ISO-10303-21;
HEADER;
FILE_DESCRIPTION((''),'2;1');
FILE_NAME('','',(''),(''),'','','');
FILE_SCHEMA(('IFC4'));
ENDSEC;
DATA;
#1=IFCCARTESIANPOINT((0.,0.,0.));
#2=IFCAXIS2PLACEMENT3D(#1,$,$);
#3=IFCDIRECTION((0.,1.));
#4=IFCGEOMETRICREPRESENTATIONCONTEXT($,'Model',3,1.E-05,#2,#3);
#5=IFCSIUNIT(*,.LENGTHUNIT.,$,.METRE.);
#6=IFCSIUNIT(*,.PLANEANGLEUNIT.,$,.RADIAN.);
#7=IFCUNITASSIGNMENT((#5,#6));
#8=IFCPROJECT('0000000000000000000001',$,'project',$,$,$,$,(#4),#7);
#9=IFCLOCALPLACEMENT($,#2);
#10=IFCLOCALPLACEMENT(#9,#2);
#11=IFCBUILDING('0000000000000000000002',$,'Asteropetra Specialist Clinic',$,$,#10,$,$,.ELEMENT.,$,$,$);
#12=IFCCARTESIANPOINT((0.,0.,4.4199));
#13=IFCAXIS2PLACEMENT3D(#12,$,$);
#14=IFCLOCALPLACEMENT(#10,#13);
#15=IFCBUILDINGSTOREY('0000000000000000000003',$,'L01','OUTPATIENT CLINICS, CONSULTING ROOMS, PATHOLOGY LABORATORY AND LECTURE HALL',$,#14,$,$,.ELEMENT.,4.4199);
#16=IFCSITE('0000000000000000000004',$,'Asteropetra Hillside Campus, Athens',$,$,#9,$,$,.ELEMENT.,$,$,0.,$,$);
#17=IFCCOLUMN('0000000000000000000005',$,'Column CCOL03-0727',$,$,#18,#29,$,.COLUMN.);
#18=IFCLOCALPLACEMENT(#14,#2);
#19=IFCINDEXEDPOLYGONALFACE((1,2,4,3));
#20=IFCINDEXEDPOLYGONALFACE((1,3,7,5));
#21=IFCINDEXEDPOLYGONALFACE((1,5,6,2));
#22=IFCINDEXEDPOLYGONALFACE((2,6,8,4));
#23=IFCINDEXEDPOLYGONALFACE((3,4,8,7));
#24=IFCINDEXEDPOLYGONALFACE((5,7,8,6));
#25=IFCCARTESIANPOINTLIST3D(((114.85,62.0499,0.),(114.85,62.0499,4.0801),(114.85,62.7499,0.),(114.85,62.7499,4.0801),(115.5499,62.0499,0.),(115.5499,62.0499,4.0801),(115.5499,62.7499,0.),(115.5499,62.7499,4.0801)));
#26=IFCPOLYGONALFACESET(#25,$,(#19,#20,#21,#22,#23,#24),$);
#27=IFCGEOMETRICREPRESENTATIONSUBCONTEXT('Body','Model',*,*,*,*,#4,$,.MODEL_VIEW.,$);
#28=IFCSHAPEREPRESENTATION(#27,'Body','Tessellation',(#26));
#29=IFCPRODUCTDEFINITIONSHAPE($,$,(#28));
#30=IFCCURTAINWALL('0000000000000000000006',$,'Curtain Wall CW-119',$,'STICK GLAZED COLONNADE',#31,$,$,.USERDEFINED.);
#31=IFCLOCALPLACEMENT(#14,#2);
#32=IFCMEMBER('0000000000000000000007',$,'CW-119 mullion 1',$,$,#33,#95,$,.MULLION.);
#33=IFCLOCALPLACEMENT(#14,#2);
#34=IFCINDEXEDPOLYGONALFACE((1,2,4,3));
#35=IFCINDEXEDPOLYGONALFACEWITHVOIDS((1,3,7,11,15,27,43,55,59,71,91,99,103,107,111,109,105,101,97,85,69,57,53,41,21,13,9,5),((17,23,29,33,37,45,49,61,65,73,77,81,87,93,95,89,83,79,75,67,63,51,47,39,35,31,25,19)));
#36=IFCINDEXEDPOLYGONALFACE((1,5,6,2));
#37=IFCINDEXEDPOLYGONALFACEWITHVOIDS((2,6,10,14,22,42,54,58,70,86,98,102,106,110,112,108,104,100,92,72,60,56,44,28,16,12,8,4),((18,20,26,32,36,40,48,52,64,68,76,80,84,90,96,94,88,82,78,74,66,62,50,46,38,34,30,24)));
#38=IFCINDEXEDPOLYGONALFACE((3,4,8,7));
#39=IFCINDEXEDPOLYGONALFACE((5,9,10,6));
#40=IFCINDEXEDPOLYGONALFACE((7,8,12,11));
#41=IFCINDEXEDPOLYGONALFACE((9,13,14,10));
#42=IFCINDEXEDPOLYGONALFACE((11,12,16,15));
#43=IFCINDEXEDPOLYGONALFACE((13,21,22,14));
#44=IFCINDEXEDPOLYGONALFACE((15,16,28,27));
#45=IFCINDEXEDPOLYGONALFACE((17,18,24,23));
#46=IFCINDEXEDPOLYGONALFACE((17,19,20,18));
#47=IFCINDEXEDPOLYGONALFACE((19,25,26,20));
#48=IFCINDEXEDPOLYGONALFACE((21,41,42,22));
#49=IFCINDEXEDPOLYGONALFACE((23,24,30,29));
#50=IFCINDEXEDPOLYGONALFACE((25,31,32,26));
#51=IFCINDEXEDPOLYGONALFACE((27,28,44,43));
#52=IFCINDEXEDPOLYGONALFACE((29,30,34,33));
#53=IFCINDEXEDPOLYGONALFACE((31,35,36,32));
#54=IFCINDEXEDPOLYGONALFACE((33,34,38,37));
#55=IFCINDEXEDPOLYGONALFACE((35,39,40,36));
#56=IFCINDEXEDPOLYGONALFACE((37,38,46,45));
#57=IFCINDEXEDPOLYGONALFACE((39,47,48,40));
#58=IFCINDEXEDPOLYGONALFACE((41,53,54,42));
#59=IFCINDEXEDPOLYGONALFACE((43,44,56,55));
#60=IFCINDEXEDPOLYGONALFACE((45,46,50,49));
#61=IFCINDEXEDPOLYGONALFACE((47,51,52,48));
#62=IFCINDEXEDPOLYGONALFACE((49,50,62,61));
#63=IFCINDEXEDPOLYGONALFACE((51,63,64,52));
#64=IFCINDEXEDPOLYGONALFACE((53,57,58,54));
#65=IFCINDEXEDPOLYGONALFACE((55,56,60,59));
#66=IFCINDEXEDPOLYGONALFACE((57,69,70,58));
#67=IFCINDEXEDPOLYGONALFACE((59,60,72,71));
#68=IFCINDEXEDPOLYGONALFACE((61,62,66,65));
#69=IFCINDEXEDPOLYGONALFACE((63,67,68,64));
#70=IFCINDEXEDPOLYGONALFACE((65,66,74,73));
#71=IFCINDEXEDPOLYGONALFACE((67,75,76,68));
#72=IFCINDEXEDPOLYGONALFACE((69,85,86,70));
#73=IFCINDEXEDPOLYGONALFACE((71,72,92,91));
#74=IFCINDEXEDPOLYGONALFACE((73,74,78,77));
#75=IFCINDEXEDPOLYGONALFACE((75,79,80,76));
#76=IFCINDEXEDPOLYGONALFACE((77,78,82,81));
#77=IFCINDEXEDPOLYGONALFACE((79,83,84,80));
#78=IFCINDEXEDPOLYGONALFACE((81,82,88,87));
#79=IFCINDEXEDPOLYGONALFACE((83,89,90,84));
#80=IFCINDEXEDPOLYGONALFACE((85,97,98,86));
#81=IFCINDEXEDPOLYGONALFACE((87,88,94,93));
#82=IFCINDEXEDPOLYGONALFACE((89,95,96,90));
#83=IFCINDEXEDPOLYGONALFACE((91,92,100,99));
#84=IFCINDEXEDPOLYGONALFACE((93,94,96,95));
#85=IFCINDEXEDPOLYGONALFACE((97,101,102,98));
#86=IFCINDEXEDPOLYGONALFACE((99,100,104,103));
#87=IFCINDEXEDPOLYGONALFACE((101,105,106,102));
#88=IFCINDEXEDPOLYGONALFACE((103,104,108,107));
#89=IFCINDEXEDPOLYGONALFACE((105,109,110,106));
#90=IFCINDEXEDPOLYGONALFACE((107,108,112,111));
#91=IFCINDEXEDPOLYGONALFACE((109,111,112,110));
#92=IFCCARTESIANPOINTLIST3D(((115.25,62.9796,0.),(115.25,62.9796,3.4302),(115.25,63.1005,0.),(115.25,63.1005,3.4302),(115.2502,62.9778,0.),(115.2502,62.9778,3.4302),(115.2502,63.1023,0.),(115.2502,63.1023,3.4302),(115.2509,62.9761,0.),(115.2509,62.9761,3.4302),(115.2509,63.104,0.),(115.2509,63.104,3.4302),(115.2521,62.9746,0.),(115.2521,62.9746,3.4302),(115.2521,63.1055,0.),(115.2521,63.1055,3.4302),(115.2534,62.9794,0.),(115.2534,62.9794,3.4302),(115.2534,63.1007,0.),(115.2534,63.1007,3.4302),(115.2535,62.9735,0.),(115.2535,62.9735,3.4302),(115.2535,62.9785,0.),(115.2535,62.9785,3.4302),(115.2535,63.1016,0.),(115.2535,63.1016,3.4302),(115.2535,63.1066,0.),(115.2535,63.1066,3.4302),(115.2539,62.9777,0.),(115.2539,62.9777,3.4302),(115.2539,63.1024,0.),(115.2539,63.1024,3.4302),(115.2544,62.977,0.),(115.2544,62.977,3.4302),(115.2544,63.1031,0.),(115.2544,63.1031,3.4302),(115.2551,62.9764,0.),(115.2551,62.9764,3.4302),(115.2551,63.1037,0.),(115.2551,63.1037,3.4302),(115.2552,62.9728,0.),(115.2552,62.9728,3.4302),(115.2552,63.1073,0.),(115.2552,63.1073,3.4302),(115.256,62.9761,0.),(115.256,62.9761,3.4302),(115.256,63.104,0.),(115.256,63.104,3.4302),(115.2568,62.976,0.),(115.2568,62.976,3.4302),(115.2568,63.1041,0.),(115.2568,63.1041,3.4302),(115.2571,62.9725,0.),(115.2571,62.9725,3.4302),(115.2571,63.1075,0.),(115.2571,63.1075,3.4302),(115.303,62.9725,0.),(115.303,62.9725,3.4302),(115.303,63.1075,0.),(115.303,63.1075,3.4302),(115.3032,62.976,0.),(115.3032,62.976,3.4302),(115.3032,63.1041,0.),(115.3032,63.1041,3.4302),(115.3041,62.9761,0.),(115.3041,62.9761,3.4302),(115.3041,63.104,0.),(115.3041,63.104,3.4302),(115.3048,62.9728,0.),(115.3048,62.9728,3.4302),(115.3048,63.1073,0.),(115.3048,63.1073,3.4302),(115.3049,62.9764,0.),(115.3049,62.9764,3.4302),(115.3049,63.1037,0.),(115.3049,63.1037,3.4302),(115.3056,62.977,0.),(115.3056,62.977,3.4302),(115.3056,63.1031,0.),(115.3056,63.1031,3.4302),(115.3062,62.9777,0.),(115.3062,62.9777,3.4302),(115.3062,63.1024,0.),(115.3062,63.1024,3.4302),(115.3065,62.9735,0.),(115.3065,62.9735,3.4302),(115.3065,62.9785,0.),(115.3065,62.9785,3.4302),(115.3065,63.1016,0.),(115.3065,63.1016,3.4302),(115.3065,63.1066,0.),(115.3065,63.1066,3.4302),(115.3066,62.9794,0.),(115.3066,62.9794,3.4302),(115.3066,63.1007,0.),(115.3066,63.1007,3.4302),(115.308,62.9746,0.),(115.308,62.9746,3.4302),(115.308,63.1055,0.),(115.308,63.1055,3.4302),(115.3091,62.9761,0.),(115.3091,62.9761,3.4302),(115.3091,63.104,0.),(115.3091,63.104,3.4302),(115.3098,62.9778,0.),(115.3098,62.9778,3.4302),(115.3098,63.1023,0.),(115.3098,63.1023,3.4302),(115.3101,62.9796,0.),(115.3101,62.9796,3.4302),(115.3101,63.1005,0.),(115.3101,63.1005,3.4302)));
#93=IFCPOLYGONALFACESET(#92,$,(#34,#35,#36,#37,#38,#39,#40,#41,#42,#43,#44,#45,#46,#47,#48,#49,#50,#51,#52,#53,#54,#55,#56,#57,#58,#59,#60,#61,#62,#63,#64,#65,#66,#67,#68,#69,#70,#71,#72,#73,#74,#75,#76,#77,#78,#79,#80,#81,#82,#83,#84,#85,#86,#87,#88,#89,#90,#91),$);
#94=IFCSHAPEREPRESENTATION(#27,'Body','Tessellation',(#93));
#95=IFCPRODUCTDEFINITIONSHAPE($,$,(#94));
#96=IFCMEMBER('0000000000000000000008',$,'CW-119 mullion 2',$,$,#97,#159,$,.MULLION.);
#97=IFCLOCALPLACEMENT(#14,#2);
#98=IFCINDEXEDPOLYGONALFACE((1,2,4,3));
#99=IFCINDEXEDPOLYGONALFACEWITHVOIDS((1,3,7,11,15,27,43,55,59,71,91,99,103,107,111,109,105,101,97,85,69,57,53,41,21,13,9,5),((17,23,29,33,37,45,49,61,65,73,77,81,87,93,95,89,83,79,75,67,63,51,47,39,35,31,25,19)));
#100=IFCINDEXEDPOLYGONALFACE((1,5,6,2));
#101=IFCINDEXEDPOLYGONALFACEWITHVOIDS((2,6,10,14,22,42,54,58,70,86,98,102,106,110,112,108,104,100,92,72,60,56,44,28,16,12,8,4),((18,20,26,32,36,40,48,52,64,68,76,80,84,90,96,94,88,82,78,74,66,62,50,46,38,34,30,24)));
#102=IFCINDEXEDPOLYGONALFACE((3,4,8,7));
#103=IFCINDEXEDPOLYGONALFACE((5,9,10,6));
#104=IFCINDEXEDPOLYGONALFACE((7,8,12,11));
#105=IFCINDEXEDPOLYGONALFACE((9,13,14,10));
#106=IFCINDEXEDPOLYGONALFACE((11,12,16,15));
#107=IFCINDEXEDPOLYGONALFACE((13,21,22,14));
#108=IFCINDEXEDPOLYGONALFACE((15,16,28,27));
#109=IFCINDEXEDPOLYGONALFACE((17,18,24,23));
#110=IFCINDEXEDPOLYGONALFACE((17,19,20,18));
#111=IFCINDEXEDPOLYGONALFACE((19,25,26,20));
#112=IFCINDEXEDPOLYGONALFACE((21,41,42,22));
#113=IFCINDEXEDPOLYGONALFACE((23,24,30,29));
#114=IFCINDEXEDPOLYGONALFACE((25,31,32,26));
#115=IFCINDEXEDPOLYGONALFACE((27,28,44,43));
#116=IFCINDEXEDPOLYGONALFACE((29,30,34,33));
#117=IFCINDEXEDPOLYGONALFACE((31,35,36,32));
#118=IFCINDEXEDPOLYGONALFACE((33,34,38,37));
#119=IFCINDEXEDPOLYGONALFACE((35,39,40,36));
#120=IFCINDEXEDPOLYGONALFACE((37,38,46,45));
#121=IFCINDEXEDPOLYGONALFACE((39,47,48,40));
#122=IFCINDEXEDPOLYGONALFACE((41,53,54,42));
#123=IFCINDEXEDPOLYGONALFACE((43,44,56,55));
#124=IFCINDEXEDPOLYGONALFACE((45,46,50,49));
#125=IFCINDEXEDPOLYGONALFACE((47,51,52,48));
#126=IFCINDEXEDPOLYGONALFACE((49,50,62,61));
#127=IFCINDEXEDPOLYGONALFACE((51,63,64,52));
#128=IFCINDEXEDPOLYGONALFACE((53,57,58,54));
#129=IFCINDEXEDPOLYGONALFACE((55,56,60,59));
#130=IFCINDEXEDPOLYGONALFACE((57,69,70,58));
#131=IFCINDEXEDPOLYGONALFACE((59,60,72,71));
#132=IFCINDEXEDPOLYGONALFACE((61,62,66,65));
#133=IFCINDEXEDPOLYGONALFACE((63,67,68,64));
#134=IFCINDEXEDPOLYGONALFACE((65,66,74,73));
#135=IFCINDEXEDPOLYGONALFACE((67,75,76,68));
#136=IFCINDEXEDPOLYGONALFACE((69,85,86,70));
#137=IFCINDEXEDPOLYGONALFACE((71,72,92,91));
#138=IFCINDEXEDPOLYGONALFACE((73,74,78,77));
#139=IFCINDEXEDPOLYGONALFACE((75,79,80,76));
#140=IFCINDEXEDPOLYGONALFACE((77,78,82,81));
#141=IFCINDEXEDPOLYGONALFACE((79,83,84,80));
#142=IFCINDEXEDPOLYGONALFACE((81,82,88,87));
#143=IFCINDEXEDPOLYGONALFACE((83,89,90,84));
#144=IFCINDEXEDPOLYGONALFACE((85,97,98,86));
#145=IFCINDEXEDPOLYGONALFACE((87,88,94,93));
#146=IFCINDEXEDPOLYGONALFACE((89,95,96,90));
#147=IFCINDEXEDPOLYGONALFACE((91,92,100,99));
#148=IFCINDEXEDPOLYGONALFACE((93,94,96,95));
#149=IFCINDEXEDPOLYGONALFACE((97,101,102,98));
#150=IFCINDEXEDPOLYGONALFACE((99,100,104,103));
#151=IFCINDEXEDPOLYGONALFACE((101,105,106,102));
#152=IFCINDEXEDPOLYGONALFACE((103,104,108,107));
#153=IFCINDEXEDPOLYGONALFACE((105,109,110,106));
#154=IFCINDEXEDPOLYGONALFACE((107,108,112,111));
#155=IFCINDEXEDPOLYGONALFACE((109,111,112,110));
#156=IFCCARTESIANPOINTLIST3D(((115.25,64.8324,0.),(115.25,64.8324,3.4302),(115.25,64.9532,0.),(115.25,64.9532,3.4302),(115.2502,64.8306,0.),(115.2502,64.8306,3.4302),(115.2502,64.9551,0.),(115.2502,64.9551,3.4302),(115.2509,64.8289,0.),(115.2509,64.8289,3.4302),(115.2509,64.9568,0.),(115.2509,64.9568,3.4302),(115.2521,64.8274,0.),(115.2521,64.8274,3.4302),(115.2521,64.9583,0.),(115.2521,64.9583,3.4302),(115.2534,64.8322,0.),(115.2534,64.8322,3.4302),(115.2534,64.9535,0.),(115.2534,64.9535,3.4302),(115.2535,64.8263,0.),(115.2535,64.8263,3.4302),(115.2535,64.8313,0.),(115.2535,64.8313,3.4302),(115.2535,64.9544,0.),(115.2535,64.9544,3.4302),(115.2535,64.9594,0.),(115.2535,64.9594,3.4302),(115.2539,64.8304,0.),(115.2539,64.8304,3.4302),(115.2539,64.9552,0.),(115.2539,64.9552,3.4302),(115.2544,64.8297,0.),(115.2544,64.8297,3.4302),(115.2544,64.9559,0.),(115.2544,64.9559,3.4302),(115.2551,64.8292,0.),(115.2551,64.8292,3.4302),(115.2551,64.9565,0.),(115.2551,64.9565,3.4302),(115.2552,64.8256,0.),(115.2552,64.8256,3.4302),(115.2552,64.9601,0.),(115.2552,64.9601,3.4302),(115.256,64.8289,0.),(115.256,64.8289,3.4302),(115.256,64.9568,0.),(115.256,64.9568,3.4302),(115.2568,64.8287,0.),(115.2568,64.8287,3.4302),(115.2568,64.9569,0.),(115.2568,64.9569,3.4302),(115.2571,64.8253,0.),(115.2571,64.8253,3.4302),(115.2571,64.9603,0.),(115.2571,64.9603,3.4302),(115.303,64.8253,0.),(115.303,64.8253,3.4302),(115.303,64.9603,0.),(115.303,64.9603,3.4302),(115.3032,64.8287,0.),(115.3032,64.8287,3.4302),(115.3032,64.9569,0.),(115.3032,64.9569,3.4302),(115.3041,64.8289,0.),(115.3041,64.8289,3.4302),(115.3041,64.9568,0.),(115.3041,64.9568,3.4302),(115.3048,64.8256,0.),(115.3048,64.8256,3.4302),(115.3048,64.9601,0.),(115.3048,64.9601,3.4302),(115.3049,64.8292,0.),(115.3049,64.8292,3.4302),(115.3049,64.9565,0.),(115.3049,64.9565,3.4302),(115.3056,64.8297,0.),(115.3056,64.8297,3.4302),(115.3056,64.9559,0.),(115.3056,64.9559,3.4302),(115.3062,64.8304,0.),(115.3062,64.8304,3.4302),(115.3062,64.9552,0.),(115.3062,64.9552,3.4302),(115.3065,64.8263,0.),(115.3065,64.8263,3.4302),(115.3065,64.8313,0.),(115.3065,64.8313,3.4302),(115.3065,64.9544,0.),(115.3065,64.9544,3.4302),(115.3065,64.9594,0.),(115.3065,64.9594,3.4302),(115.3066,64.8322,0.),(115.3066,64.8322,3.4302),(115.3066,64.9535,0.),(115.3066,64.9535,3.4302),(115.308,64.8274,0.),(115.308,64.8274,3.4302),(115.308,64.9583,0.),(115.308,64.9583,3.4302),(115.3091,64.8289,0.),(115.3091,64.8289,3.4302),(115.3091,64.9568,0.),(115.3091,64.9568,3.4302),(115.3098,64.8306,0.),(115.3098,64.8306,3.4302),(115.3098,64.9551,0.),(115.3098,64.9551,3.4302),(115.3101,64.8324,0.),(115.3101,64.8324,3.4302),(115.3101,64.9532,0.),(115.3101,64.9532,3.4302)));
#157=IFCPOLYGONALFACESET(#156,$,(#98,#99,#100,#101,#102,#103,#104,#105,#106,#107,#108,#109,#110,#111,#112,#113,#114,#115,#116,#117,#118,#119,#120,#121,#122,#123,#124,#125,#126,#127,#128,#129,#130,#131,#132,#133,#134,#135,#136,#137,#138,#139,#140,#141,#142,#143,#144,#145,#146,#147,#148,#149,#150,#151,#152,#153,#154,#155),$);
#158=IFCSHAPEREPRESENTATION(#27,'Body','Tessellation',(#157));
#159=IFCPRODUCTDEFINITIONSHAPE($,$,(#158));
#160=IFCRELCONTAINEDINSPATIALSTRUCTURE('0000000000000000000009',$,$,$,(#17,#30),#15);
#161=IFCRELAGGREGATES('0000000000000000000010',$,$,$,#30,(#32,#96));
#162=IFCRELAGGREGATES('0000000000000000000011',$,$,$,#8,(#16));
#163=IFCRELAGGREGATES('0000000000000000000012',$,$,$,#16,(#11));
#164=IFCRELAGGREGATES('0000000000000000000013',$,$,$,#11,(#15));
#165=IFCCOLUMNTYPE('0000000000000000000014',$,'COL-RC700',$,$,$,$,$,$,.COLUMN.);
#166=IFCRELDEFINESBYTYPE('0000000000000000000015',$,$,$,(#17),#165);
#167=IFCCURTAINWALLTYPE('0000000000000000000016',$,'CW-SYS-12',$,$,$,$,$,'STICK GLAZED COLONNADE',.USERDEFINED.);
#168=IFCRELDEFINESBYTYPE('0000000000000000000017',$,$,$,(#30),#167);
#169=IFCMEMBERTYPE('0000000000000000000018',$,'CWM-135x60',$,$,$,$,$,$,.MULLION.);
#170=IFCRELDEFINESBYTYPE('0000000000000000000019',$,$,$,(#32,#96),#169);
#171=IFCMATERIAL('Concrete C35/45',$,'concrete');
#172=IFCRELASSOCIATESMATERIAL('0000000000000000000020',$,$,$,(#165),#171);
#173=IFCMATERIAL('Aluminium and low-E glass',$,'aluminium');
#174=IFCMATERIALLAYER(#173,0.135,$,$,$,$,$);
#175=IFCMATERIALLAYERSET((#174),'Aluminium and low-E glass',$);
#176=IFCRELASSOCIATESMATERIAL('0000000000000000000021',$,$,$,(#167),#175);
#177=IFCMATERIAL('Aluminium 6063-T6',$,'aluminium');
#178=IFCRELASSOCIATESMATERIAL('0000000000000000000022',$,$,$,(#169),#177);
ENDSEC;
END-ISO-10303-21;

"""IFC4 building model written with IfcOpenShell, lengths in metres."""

from ifc_helpers import new_model, si_unit, direction, frame, origin, origin_2d, place, context, subcontext, project, spatial, rectangle, hollow_rectangle, extrude, material, layer, layer_set, material_profile, profile_set, type_object, element, aggregate, save


model = new_model("IFC4")

# Units and contexts
model_context = context("Model", 3, precision=1e-05, world=origin(), true_north=direction((0.0, 1.0)))
body_context = subcontext(model_context, "Body", "Model", "MODEL_VIEW")
ifc_project = project(units=[si_unit("LENGTHUNIT", "METRE"), si_unit("PLANEANGLEUNIT", "RADIAN")], contexts=[model_context])

# Site, building, storey
site_placement = place(None, origin())
site = spatial("IfcSite", under=ifc_project, at=site_placement, Name="Asteropetra Hillside Campus, Athens", CompositionType="ELEMENT", RefElevation=0.0)
building_placement = place(site_placement, origin())
building = spatial("IfcBuilding", under=site, at=building_placement, Name="Asteropetra Specialist Clinic", CompositionType="ELEMENT")
storey_placement = place(building_placement, frame((0.0, 0.0, 4.4199)))
storey = spatial("IfcBuildingStorey", under=building, at=storey_placement, Name="L01", Description="OUTPATIENT CLINICS, CONSULTING ROOMS, PATHOLOGY LABORATORY AND LECTURE HALL", CompositionType="ELEMENT", Elevation=4.4199)

# Column
ifc_material_1 = material(Name="Concrete C35/45", Category="concrete")
ifc_material_profile_1 = material_profile(ifc_material_1, rectangle(XDim=0.7, YDim=0.7, at=origin_2d()), Name="RC 700x700")
ifc_profile_set_1 = profile_set([ifc_material_profile_1], Name="Concrete C35/45")
column_type = type_object("IfcColumnType", Name="COL-RC700", PredefinedType="COLUMN", material=ifc_profile_set_1)
column_placement = place(storey_placement, frame((115.2, 62.3999, 0.0), z_axis=(0.0, 0.0, 1.0), x_axis=(1.0, 0.0, 0.0)))
element("IfcColumn", 1, at=column_placement, inside=storey, type_object=column_type, Name="Column CCOL03-0727", PredefinedType="COLUMN", context=body_context, shape_type="SweptSolid", body=[
    extrude(rectangle(XDim=0.7, YDim=0.7, at=origin_2d()), origin(), (0.0, 0.0, 1.0), 4.0801),
])

# Curtain wall, members
ifc_material_2 = material(Name="Aluminium and low-E glass", Category="aluminium")
ifc_layer_1 = layer(ifc_material_2, 0.135)
ifc_layer_set_1 = layer_set([ifc_layer_1], Name="Aluminium and low-E glass")
curtain_wall_type = type_object("IfcCurtainWallType", Name="CW-SYS-12", ElementType="STICK GLAZED COLONNADE", PredefinedType="USERDEFINED", material=ifc_layer_set_1)
curtain_wall_placement = place(storey_placement, origin())
curtain_wall = element("IfcCurtainWall", 2, at=curtain_wall_placement, inside=storey, type_object=curtain_wall_type, Name="Curtain Wall CW-119", ObjectType="STICK GLAZED COLONNADE", PredefinedType="USERDEFINED")
ifc_material_3 = material(Name="Aluminium 6063-T6", Category="aluminium")
ifc_material_profile_2 = material_profile(ifc_material_3, hollow_rectangle(XDim=0.0601, YDim=0.135, WallThickness=0.0034, InnerFilletRadius=0.0034, OuterFilletRadius=0.0071, at=origin_2d()), Name="MUL 135x60x3.5")
ifc_profile_set_2 = profile_set([ifc_material_profile_2], Name="Aluminium 6063-T6")
member_type_1 = type_object("IfcMemberType", Name="CWM-135x60", PredefinedType="MULLION", material=ifc_profile_set_2)
member_1_placement = place(storey_placement, frame((115.28, 63.04, 0.0), z_axis=(0.0, 0.0, 1.0), x_axis=(-1.0, 0.0, 0.0)))
member_1 = element("IfcMember", 3, at=member_1_placement, type_object=member_type_1, Name="CW-119 mullion 1", PredefinedType="MULLION", context=body_context, shape_type="SweptSolid", body=[
    extrude(hollow_rectangle(XDim=0.0601, YDim=0.135, WallThickness=0.0034, InnerFilletRadius=0.0034, OuterFilletRadius=0.0071, at=origin_2d()), origin(), (0.0, 0.0, 1.0), 3.4302),
])
member_2_placement = place(storey_placement, frame((115.28, 64.8928, 0.0), z_axis=(0.0, 0.0, 1.0), x_axis=(-1.0, 0.0, 0.0)))
member_2 = element("IfcMember", 4, at=member_2_placement, type_object=member_type_1, Name="CW-119 mullion 2", PredefinedType="MULLION", context=body_context, shape_type="SweptSolid", body=[
    extrude(hollow_rectangle(XDim=0.0601, YDim=0.135, WallThickness=0.0034, InnerFilletRadius=0.0034, OuterFilletRadius=0.0071, at=origin_2d()), origin(), (0.0, 0.0, 1.0), 3.4302),
])
aggregate(curtain_wall, [member_1, member_2])

save(model, "model.ifc")
